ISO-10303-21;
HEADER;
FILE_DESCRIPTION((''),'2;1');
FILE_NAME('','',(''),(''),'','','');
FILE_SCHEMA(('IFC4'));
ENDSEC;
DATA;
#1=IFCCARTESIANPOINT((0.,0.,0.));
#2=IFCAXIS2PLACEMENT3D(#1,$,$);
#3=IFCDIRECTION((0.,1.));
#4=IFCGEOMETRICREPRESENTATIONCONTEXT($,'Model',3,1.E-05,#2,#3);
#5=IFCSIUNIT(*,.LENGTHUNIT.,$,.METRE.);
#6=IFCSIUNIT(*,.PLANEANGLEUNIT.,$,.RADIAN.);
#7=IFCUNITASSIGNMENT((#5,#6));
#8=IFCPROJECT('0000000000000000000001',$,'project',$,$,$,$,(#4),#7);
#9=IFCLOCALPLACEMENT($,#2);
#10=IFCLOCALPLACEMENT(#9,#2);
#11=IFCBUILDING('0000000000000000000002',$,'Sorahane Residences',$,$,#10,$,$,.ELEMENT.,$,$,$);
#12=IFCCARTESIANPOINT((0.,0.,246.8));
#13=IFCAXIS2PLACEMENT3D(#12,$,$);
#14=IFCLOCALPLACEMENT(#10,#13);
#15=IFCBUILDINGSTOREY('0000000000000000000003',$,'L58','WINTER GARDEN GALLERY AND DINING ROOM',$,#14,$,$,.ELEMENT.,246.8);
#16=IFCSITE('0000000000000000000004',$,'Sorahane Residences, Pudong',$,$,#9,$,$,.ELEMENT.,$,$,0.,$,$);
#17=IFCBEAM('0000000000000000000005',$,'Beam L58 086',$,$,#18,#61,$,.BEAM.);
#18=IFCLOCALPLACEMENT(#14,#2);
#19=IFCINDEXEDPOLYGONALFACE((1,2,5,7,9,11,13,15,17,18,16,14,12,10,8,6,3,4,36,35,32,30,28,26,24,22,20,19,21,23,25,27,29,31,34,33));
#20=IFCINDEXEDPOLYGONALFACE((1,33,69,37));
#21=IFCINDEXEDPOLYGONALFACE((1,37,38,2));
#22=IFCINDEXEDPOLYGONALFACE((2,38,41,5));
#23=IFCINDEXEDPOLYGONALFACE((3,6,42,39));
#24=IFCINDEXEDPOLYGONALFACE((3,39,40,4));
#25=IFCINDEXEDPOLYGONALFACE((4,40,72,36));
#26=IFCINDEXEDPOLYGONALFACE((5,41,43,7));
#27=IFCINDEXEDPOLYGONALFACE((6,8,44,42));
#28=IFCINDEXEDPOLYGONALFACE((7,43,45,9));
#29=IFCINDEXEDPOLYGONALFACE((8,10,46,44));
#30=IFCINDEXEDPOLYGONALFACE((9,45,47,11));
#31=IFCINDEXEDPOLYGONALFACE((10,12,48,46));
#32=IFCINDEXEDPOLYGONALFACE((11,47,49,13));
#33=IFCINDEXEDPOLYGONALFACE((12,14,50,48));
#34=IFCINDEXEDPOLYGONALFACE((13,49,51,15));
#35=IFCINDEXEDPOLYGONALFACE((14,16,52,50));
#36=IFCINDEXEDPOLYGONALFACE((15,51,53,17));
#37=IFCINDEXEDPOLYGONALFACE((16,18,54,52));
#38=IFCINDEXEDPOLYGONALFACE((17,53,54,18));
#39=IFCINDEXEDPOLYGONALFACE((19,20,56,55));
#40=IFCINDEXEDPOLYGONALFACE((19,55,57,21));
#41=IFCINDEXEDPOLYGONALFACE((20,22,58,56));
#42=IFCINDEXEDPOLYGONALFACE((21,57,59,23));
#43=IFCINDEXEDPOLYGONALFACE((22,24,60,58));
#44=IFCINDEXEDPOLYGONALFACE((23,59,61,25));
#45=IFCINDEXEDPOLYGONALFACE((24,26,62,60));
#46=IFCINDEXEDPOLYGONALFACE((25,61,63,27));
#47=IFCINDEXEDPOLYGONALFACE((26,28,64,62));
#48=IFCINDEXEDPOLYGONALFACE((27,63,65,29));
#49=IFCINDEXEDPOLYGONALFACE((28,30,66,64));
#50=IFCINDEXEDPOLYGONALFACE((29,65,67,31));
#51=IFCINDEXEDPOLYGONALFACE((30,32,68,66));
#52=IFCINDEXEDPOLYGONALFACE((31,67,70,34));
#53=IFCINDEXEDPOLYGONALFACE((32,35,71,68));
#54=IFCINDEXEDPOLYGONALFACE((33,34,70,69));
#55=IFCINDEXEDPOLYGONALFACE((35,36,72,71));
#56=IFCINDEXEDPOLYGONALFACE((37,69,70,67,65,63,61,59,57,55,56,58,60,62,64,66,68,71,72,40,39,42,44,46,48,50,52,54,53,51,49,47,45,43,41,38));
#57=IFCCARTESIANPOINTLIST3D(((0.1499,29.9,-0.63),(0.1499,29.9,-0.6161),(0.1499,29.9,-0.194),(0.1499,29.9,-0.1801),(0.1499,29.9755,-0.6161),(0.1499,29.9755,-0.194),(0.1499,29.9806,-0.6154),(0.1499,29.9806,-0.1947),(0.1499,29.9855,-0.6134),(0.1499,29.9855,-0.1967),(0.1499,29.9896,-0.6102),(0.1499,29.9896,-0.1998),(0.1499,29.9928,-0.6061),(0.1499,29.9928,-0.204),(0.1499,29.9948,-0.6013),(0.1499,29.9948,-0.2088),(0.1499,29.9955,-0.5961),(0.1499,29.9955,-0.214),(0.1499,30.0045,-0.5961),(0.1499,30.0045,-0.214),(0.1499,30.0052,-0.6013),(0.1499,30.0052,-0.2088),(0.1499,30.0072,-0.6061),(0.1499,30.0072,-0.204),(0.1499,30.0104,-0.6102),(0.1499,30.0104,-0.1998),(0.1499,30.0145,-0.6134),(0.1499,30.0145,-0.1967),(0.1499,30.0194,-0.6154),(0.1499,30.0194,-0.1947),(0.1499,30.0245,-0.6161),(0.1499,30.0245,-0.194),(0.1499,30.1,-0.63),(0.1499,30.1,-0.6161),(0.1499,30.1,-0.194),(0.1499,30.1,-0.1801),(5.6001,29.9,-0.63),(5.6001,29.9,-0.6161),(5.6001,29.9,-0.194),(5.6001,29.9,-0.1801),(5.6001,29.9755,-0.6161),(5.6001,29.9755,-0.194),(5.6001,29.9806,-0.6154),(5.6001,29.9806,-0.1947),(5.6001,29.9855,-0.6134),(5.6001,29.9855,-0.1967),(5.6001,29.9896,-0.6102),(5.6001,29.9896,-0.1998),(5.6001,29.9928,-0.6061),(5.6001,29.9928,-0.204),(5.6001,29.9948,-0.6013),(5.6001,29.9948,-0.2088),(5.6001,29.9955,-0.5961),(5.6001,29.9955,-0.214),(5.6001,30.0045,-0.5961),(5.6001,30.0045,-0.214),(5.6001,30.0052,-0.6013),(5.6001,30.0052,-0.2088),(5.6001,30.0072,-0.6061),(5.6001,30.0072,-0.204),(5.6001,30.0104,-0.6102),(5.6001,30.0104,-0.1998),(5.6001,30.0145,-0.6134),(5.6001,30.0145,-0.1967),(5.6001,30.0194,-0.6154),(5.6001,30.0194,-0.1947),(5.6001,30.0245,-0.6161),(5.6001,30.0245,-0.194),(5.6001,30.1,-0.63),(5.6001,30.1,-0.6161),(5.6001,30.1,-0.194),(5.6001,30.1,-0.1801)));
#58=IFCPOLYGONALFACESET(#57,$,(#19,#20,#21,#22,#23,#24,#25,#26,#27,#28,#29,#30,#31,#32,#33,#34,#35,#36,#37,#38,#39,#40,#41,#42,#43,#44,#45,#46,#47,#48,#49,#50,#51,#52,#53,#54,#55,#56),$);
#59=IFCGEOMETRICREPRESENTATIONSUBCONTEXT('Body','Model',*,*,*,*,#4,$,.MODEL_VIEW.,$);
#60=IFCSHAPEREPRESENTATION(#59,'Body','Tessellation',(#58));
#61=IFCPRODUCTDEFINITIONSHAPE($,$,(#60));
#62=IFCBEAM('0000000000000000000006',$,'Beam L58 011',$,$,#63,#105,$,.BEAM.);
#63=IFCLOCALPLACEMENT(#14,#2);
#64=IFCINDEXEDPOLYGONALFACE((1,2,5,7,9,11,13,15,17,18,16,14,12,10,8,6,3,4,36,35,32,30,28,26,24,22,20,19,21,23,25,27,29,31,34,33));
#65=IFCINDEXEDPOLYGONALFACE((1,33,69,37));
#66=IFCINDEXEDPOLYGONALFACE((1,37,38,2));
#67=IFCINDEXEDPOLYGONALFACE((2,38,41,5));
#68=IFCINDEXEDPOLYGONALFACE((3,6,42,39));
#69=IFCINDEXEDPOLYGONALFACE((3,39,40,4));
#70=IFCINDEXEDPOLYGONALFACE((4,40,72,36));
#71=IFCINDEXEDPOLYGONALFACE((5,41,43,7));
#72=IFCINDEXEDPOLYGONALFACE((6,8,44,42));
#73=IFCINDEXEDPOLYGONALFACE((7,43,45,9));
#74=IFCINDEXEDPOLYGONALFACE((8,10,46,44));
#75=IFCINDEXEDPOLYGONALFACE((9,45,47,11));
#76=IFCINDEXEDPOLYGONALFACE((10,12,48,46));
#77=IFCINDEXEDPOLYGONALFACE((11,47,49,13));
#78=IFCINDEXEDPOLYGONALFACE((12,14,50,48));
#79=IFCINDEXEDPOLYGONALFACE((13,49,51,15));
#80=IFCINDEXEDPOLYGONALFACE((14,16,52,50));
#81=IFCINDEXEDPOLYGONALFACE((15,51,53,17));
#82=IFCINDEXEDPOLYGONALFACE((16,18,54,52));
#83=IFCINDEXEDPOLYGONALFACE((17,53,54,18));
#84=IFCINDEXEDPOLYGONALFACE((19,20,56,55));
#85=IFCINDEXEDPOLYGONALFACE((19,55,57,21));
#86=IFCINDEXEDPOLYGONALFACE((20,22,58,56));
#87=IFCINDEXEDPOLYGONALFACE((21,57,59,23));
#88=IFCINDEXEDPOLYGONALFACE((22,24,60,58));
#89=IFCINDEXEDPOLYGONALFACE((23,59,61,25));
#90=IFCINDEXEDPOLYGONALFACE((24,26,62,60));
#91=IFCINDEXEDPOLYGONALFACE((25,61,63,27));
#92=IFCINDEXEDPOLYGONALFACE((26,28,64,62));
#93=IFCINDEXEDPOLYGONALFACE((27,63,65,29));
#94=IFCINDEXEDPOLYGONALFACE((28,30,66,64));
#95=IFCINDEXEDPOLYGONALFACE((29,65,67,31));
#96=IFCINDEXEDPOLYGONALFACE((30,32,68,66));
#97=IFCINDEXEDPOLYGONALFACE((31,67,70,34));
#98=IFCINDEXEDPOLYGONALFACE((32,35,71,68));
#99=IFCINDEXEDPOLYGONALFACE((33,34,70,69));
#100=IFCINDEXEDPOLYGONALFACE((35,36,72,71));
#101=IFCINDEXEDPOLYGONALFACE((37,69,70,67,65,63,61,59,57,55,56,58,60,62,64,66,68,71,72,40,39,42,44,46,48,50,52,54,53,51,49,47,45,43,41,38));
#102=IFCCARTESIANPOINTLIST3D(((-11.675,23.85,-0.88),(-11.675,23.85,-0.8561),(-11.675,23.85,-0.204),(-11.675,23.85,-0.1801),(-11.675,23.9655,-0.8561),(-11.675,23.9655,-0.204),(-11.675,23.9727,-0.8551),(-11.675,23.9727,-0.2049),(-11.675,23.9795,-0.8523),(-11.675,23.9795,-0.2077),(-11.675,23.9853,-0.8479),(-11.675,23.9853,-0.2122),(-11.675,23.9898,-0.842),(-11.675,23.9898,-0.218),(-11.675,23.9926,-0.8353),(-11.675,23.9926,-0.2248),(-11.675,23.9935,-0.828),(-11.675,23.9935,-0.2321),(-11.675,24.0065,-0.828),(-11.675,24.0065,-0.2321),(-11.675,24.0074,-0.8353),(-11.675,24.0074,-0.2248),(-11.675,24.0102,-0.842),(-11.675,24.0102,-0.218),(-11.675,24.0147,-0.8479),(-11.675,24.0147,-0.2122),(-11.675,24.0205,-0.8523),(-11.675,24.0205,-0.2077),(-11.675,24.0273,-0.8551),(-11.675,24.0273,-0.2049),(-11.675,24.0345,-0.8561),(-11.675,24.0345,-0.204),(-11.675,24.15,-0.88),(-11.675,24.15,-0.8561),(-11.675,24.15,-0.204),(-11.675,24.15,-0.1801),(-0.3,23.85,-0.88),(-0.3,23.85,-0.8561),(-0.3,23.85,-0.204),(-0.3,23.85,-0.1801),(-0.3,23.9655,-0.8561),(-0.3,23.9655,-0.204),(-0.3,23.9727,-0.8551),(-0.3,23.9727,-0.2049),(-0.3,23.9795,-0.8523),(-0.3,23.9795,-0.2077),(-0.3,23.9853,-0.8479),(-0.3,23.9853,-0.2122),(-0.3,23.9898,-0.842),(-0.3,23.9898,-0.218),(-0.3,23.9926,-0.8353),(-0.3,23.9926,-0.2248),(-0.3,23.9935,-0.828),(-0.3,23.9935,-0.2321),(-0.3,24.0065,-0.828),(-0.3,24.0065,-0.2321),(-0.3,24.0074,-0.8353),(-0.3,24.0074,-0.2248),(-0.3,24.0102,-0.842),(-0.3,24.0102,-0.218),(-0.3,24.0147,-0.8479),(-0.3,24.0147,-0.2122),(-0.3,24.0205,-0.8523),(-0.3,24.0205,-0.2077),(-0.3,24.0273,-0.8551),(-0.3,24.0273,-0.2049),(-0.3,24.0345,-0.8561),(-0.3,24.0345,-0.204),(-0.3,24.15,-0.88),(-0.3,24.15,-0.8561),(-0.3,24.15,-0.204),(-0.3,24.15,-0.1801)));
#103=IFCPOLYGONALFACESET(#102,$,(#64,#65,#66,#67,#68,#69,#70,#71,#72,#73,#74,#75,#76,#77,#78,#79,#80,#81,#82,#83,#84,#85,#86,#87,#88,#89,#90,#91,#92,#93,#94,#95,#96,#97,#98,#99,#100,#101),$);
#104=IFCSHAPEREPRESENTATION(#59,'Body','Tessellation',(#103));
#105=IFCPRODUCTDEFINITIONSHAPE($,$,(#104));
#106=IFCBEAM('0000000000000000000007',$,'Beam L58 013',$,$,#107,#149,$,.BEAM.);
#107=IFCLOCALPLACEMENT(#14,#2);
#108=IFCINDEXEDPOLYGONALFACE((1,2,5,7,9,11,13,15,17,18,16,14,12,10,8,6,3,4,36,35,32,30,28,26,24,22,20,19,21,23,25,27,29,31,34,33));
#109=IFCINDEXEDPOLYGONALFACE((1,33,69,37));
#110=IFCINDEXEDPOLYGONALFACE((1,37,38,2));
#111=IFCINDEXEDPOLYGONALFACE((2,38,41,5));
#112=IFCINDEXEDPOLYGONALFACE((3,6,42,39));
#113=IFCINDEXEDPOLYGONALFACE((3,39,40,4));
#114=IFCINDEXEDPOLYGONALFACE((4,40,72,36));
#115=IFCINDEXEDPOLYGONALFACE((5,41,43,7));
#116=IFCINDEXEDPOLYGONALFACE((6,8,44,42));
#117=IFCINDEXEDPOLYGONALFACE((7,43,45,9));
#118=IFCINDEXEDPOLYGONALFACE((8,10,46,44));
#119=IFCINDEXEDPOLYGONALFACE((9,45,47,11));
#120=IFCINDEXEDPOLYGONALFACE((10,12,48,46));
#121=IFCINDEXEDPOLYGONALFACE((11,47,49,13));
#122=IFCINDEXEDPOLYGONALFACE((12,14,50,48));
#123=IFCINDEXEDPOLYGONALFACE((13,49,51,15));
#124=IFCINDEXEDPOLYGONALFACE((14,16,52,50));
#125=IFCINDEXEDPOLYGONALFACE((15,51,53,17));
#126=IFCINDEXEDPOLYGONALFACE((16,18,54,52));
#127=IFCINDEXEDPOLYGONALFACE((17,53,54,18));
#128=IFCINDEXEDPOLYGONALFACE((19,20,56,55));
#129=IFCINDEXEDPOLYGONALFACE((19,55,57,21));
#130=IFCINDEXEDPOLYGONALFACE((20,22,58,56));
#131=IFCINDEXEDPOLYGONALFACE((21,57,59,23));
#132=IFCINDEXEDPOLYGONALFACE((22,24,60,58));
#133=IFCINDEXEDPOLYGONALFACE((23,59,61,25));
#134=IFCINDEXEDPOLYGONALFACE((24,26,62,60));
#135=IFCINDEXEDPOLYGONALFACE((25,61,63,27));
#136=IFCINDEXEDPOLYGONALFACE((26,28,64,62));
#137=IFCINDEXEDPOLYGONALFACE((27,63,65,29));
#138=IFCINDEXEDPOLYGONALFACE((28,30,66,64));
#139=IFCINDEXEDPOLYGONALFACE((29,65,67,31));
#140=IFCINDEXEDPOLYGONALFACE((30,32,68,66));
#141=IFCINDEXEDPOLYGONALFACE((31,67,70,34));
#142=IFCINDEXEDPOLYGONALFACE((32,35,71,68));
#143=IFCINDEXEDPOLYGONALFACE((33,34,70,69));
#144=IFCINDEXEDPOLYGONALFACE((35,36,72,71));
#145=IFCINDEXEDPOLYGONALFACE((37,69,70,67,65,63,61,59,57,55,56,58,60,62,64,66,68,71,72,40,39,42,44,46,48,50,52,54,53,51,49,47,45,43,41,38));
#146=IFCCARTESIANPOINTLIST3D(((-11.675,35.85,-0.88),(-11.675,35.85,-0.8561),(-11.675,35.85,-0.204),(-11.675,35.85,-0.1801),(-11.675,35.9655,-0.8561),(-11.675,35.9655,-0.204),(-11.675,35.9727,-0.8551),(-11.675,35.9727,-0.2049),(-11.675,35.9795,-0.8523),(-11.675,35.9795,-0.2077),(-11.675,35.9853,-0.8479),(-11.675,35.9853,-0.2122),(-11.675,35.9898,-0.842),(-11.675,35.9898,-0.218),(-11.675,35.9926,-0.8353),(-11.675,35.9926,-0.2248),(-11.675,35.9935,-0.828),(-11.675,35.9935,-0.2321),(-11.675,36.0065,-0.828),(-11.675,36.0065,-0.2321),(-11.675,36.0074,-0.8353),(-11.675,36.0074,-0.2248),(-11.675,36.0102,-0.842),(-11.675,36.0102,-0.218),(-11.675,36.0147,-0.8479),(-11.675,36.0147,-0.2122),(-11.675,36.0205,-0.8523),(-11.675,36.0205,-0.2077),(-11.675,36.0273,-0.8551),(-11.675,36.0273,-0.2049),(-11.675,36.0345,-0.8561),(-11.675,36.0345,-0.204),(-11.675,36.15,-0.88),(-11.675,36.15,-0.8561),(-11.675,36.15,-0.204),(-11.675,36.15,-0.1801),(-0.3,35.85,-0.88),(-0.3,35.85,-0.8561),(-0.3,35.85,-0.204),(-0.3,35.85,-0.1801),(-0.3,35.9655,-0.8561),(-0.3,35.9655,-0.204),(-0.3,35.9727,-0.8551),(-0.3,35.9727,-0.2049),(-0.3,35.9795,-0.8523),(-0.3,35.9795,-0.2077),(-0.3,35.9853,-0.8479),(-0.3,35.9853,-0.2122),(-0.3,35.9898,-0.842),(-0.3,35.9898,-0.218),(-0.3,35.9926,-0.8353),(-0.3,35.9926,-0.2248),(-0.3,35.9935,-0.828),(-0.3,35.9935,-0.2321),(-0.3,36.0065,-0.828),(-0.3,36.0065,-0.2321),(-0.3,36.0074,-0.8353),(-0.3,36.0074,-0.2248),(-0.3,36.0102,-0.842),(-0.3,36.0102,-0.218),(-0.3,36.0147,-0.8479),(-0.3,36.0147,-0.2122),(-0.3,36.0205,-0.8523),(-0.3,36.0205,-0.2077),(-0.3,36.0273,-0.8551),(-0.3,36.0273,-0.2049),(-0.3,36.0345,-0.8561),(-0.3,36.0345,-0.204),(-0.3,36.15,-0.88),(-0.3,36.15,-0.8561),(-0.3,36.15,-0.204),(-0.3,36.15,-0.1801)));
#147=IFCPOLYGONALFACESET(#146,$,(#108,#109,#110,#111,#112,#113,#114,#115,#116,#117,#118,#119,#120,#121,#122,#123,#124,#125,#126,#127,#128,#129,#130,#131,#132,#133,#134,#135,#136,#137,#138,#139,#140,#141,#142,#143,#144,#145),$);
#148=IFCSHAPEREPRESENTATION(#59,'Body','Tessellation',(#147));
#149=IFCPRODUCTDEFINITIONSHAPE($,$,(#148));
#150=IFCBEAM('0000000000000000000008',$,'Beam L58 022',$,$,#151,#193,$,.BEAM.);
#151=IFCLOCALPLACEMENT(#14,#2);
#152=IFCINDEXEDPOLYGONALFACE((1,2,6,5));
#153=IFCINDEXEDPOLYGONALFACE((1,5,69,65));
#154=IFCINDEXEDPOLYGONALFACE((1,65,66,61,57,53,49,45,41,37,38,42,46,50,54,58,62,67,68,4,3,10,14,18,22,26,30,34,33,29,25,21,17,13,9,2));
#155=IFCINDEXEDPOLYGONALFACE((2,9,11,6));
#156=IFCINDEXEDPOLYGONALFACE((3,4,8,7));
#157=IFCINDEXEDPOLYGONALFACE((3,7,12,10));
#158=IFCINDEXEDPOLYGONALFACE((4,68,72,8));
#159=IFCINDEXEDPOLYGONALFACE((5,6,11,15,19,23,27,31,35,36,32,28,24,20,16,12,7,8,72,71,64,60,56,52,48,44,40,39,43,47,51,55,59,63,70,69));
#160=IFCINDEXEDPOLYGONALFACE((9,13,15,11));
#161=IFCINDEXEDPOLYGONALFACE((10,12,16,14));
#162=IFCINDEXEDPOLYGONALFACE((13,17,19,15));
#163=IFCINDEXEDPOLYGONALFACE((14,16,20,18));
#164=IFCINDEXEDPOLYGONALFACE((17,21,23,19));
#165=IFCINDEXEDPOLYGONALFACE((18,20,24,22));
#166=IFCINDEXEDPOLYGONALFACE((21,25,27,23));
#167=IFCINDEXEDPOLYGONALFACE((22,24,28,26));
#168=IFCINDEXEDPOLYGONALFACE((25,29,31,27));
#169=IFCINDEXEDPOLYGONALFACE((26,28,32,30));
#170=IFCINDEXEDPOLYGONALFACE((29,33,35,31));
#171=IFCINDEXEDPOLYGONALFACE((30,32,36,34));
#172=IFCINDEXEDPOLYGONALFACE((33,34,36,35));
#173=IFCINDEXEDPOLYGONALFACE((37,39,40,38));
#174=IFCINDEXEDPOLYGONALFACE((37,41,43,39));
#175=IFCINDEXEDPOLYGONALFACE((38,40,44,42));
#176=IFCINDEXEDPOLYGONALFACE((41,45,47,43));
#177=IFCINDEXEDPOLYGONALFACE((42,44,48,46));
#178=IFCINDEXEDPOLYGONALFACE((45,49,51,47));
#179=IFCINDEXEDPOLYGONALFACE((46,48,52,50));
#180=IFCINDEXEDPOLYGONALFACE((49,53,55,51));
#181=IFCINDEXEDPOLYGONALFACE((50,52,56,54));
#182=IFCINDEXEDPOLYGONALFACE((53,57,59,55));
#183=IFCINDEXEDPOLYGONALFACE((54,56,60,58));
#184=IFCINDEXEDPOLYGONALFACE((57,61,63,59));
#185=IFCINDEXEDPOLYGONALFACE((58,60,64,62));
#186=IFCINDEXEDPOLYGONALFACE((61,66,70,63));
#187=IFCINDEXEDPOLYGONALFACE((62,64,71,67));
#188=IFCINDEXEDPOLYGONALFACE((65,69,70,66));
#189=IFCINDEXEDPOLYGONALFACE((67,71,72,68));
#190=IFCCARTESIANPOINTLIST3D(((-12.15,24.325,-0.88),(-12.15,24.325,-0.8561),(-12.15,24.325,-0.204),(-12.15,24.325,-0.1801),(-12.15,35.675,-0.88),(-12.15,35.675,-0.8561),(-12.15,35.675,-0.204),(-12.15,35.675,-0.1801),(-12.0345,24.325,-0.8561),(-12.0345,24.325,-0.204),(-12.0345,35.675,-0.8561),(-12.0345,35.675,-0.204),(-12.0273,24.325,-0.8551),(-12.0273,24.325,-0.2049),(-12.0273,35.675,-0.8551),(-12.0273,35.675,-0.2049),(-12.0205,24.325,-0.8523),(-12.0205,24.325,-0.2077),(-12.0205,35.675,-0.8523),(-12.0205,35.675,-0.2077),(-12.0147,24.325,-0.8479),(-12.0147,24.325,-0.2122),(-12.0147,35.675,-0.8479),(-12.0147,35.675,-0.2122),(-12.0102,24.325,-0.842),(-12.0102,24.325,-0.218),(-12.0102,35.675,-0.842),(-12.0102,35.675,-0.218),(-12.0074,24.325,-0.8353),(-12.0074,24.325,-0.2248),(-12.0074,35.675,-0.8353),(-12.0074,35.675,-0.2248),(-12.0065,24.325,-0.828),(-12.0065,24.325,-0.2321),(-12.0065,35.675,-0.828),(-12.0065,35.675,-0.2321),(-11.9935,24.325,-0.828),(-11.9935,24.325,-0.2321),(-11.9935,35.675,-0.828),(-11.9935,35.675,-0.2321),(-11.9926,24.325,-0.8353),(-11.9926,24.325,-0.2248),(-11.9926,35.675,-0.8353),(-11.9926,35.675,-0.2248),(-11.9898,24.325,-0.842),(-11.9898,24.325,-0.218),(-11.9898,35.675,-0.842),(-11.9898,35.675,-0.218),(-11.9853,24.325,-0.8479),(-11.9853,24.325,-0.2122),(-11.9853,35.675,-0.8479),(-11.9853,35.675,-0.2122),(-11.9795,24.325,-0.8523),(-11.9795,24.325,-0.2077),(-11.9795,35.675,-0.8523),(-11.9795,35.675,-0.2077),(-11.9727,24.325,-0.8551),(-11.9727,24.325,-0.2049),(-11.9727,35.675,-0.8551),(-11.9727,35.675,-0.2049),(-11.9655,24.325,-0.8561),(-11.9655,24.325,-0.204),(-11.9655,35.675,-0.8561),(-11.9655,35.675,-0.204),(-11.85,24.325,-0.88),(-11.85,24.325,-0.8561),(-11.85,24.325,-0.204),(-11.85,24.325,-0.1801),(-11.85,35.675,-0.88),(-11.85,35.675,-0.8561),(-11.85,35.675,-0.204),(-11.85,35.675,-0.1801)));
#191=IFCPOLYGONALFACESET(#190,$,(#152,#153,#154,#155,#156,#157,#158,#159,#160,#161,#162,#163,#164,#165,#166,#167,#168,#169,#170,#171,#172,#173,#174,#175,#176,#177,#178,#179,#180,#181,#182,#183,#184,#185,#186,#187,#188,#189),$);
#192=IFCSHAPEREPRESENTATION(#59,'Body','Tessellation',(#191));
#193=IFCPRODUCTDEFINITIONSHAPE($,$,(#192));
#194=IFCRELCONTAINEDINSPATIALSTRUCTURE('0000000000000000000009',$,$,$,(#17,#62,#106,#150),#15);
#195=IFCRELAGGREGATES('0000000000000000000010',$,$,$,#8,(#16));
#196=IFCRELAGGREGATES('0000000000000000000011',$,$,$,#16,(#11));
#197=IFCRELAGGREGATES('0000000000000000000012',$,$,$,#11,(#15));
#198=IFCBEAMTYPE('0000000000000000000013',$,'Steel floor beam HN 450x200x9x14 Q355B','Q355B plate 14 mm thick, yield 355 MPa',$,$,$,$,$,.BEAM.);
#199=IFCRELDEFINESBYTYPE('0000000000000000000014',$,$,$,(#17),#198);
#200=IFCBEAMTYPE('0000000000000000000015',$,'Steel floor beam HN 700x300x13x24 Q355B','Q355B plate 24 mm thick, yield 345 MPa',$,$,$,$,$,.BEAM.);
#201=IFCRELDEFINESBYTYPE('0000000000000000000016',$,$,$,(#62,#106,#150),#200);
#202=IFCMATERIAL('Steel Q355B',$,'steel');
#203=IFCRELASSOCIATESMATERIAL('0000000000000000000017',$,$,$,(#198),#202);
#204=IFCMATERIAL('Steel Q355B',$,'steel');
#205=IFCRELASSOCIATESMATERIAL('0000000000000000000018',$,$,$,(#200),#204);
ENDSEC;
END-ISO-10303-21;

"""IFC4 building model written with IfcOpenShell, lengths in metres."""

from ifc_helpers import new_model, si_unit, direction, frame, origin, origin_2d, place, context, subcontext, project, spatial, i_section, extrude, material, material_profile, profile_set, type_object, element, save


model = new_model("IFC4")

# Units and contexts
model_context = context("Model", 3, precision=1e-05, world=origin(), true_north=direction((0.0, 1.0)))
body_context = subcontext(model_context, "Body", "Model", "MODEL_VIEW")
ifc_project = project(units=[si_unit("LENGTHUNIT", "METRE"), si_unit("PLANEANGLEUNIT", "RADIAN")], contexts=[model_context])

# Site, building, storey
site_placement = place(None, origin())
site = spatial("IfcSite", under=ifc_project, at=site_placement, Name="Sorahane Residences, Pudong", CompositionType="ELEMENT", RefElevation=0.0)
building_placement = place(site_placement, origin())
building = spatial("IfcBuilding", under=site, at=building_placement, Name="Sorahane Residences", CompositionType="ELEMENT")
storey_placement = place(building_placement, frame((0.0, 0.0, 246.8)))
storey = spatial("IfcBuildingStorey", under=building, at=storey_placement, Name="L58", Description="WINTER GARDEN GALLERY AND DINING ROOM", CompositionType="ELEMENT", Elevation=246.8)

# Beams
ifc_material_1 = material(Name="Steel Q355B", Category="steel")
ifc_material_profile_1 = material_profile(ifc_material_1, i_section(OverallWidth=0.2, OverallDepth=0.45, WebThickness=0.009, FlangeThickness=0.0139, FilletRadius=0.02, at=origin_2d()), Name="HN 450x200x9x14")
ifc_profile_set_1 = profile_set([ifc_material_profile_1], Name="Steel Q355B")
beam_type_1 = type_object("IfcBeamType", Name="Steel floor beam HN 450x200x9x14 Q355B", Description="Q355B plate 14 mm thick, yield 355 MPa", PredefinedType="BEAM", material=ifc_profile_set_1)
beam_1_placement = place(storey_placement, frame((0.1499, 30.0, -0.405), z_axis=(1.0, 0.0, 0.0), x_axis=(0.0, 1.0, 0.0)))
element("IfcBeam", 1, at=beam_1_placement, inside=storey, type_object=beam_type_1, Name="Beam L58 086", PredefinedType="BEAM", context=body_context, shape_type="SweptSolid", body=[
    extrude(i_section(OverallWidth=0.2, OverallDepth=0.45, WebThickness=0.009, FlangeThickness=0.0139, FilletRadius=0.02, at=origin_2d()), origin(), (0.0, 0.0, 1.0), 5.4502),
])
ifc_material_2 = material(Name="Steel Q355B", Category="steel")
ifc_material_profile_2 = material_profile(ifc_material_2, i_section(OverallWidth=0.3, OverallDepth=0.7, WebThickness=0.0129, FlangeThickness=0.0239, FilletRadius=0.0281, at=origin_2d()), Name="HN 700x300x13x24")
ifc_profile_set_2 = profile_set([ifc_material_profile_2], Name="Steel Q355B")
beam_type_2 = type_object("IfcBeamType", Name="Steel floor beam HN 700x300x13x24 Q355B", Description="Q355B plate 24 mm thick, yield 345 MPa", PredefinedType="BEAM", material=ifc_profile_set_2)
for number, where, z_axis, x_axis, name in (
    (2, (-11.675, 24.0, -0.53), (1.0, 0.0, 0.0), (0.0, 1.0, 0.0), "Beam L58 011"),
    (3, (-11.675, 36.0, -0.53), (1.0, 0.0, 0.0), (0.0, 1.0, 0.0), "Beam L58 013"),
):
    element("IfcBeam", number, at=place(storey_placement, frame(where, z_axis=z_axis, x_axis=x_axis)), inside=storey, type_object=beam_type_2, Name=name, PredefinedType="BEAM", context=body_context, shape_type="SweptSolid", body=[
        extrude(i_section(OverallWidth=0.3, OverallDepth=0.7, WebThickness=0.0129, FlangeThickness=0.0239, FilletRadius=0.0281, at=origin_2d()), origin(), (0.0, 0.0, 1.0), 11.375),
    ])
beam_2_placement = place(storey_placement, frame((-12.0, 24.325, -0.53), z_axis=(0.0, 1.0, 0.0), x_axis=(-1.0, 0.0, 0.0)))
element("IfcBeam", 4, at=beam_2_placement, inside=storey, type_object=beam_type_2, Name="Beam L58 022", PredefinedType="BEAM", context=body_context, shape_type="SweptSolid", body=[
    extrude(i_section(OverallWidth=0.3, OverallDepth=0.7, WebThickness=0.0129, FlangeThickness=0.0239, FilletRadius=0.0281, at=origin_2d()), origin(), (0.0, 0.0, 1.0), 11.3501),
])

save(model, "model.ifc")
